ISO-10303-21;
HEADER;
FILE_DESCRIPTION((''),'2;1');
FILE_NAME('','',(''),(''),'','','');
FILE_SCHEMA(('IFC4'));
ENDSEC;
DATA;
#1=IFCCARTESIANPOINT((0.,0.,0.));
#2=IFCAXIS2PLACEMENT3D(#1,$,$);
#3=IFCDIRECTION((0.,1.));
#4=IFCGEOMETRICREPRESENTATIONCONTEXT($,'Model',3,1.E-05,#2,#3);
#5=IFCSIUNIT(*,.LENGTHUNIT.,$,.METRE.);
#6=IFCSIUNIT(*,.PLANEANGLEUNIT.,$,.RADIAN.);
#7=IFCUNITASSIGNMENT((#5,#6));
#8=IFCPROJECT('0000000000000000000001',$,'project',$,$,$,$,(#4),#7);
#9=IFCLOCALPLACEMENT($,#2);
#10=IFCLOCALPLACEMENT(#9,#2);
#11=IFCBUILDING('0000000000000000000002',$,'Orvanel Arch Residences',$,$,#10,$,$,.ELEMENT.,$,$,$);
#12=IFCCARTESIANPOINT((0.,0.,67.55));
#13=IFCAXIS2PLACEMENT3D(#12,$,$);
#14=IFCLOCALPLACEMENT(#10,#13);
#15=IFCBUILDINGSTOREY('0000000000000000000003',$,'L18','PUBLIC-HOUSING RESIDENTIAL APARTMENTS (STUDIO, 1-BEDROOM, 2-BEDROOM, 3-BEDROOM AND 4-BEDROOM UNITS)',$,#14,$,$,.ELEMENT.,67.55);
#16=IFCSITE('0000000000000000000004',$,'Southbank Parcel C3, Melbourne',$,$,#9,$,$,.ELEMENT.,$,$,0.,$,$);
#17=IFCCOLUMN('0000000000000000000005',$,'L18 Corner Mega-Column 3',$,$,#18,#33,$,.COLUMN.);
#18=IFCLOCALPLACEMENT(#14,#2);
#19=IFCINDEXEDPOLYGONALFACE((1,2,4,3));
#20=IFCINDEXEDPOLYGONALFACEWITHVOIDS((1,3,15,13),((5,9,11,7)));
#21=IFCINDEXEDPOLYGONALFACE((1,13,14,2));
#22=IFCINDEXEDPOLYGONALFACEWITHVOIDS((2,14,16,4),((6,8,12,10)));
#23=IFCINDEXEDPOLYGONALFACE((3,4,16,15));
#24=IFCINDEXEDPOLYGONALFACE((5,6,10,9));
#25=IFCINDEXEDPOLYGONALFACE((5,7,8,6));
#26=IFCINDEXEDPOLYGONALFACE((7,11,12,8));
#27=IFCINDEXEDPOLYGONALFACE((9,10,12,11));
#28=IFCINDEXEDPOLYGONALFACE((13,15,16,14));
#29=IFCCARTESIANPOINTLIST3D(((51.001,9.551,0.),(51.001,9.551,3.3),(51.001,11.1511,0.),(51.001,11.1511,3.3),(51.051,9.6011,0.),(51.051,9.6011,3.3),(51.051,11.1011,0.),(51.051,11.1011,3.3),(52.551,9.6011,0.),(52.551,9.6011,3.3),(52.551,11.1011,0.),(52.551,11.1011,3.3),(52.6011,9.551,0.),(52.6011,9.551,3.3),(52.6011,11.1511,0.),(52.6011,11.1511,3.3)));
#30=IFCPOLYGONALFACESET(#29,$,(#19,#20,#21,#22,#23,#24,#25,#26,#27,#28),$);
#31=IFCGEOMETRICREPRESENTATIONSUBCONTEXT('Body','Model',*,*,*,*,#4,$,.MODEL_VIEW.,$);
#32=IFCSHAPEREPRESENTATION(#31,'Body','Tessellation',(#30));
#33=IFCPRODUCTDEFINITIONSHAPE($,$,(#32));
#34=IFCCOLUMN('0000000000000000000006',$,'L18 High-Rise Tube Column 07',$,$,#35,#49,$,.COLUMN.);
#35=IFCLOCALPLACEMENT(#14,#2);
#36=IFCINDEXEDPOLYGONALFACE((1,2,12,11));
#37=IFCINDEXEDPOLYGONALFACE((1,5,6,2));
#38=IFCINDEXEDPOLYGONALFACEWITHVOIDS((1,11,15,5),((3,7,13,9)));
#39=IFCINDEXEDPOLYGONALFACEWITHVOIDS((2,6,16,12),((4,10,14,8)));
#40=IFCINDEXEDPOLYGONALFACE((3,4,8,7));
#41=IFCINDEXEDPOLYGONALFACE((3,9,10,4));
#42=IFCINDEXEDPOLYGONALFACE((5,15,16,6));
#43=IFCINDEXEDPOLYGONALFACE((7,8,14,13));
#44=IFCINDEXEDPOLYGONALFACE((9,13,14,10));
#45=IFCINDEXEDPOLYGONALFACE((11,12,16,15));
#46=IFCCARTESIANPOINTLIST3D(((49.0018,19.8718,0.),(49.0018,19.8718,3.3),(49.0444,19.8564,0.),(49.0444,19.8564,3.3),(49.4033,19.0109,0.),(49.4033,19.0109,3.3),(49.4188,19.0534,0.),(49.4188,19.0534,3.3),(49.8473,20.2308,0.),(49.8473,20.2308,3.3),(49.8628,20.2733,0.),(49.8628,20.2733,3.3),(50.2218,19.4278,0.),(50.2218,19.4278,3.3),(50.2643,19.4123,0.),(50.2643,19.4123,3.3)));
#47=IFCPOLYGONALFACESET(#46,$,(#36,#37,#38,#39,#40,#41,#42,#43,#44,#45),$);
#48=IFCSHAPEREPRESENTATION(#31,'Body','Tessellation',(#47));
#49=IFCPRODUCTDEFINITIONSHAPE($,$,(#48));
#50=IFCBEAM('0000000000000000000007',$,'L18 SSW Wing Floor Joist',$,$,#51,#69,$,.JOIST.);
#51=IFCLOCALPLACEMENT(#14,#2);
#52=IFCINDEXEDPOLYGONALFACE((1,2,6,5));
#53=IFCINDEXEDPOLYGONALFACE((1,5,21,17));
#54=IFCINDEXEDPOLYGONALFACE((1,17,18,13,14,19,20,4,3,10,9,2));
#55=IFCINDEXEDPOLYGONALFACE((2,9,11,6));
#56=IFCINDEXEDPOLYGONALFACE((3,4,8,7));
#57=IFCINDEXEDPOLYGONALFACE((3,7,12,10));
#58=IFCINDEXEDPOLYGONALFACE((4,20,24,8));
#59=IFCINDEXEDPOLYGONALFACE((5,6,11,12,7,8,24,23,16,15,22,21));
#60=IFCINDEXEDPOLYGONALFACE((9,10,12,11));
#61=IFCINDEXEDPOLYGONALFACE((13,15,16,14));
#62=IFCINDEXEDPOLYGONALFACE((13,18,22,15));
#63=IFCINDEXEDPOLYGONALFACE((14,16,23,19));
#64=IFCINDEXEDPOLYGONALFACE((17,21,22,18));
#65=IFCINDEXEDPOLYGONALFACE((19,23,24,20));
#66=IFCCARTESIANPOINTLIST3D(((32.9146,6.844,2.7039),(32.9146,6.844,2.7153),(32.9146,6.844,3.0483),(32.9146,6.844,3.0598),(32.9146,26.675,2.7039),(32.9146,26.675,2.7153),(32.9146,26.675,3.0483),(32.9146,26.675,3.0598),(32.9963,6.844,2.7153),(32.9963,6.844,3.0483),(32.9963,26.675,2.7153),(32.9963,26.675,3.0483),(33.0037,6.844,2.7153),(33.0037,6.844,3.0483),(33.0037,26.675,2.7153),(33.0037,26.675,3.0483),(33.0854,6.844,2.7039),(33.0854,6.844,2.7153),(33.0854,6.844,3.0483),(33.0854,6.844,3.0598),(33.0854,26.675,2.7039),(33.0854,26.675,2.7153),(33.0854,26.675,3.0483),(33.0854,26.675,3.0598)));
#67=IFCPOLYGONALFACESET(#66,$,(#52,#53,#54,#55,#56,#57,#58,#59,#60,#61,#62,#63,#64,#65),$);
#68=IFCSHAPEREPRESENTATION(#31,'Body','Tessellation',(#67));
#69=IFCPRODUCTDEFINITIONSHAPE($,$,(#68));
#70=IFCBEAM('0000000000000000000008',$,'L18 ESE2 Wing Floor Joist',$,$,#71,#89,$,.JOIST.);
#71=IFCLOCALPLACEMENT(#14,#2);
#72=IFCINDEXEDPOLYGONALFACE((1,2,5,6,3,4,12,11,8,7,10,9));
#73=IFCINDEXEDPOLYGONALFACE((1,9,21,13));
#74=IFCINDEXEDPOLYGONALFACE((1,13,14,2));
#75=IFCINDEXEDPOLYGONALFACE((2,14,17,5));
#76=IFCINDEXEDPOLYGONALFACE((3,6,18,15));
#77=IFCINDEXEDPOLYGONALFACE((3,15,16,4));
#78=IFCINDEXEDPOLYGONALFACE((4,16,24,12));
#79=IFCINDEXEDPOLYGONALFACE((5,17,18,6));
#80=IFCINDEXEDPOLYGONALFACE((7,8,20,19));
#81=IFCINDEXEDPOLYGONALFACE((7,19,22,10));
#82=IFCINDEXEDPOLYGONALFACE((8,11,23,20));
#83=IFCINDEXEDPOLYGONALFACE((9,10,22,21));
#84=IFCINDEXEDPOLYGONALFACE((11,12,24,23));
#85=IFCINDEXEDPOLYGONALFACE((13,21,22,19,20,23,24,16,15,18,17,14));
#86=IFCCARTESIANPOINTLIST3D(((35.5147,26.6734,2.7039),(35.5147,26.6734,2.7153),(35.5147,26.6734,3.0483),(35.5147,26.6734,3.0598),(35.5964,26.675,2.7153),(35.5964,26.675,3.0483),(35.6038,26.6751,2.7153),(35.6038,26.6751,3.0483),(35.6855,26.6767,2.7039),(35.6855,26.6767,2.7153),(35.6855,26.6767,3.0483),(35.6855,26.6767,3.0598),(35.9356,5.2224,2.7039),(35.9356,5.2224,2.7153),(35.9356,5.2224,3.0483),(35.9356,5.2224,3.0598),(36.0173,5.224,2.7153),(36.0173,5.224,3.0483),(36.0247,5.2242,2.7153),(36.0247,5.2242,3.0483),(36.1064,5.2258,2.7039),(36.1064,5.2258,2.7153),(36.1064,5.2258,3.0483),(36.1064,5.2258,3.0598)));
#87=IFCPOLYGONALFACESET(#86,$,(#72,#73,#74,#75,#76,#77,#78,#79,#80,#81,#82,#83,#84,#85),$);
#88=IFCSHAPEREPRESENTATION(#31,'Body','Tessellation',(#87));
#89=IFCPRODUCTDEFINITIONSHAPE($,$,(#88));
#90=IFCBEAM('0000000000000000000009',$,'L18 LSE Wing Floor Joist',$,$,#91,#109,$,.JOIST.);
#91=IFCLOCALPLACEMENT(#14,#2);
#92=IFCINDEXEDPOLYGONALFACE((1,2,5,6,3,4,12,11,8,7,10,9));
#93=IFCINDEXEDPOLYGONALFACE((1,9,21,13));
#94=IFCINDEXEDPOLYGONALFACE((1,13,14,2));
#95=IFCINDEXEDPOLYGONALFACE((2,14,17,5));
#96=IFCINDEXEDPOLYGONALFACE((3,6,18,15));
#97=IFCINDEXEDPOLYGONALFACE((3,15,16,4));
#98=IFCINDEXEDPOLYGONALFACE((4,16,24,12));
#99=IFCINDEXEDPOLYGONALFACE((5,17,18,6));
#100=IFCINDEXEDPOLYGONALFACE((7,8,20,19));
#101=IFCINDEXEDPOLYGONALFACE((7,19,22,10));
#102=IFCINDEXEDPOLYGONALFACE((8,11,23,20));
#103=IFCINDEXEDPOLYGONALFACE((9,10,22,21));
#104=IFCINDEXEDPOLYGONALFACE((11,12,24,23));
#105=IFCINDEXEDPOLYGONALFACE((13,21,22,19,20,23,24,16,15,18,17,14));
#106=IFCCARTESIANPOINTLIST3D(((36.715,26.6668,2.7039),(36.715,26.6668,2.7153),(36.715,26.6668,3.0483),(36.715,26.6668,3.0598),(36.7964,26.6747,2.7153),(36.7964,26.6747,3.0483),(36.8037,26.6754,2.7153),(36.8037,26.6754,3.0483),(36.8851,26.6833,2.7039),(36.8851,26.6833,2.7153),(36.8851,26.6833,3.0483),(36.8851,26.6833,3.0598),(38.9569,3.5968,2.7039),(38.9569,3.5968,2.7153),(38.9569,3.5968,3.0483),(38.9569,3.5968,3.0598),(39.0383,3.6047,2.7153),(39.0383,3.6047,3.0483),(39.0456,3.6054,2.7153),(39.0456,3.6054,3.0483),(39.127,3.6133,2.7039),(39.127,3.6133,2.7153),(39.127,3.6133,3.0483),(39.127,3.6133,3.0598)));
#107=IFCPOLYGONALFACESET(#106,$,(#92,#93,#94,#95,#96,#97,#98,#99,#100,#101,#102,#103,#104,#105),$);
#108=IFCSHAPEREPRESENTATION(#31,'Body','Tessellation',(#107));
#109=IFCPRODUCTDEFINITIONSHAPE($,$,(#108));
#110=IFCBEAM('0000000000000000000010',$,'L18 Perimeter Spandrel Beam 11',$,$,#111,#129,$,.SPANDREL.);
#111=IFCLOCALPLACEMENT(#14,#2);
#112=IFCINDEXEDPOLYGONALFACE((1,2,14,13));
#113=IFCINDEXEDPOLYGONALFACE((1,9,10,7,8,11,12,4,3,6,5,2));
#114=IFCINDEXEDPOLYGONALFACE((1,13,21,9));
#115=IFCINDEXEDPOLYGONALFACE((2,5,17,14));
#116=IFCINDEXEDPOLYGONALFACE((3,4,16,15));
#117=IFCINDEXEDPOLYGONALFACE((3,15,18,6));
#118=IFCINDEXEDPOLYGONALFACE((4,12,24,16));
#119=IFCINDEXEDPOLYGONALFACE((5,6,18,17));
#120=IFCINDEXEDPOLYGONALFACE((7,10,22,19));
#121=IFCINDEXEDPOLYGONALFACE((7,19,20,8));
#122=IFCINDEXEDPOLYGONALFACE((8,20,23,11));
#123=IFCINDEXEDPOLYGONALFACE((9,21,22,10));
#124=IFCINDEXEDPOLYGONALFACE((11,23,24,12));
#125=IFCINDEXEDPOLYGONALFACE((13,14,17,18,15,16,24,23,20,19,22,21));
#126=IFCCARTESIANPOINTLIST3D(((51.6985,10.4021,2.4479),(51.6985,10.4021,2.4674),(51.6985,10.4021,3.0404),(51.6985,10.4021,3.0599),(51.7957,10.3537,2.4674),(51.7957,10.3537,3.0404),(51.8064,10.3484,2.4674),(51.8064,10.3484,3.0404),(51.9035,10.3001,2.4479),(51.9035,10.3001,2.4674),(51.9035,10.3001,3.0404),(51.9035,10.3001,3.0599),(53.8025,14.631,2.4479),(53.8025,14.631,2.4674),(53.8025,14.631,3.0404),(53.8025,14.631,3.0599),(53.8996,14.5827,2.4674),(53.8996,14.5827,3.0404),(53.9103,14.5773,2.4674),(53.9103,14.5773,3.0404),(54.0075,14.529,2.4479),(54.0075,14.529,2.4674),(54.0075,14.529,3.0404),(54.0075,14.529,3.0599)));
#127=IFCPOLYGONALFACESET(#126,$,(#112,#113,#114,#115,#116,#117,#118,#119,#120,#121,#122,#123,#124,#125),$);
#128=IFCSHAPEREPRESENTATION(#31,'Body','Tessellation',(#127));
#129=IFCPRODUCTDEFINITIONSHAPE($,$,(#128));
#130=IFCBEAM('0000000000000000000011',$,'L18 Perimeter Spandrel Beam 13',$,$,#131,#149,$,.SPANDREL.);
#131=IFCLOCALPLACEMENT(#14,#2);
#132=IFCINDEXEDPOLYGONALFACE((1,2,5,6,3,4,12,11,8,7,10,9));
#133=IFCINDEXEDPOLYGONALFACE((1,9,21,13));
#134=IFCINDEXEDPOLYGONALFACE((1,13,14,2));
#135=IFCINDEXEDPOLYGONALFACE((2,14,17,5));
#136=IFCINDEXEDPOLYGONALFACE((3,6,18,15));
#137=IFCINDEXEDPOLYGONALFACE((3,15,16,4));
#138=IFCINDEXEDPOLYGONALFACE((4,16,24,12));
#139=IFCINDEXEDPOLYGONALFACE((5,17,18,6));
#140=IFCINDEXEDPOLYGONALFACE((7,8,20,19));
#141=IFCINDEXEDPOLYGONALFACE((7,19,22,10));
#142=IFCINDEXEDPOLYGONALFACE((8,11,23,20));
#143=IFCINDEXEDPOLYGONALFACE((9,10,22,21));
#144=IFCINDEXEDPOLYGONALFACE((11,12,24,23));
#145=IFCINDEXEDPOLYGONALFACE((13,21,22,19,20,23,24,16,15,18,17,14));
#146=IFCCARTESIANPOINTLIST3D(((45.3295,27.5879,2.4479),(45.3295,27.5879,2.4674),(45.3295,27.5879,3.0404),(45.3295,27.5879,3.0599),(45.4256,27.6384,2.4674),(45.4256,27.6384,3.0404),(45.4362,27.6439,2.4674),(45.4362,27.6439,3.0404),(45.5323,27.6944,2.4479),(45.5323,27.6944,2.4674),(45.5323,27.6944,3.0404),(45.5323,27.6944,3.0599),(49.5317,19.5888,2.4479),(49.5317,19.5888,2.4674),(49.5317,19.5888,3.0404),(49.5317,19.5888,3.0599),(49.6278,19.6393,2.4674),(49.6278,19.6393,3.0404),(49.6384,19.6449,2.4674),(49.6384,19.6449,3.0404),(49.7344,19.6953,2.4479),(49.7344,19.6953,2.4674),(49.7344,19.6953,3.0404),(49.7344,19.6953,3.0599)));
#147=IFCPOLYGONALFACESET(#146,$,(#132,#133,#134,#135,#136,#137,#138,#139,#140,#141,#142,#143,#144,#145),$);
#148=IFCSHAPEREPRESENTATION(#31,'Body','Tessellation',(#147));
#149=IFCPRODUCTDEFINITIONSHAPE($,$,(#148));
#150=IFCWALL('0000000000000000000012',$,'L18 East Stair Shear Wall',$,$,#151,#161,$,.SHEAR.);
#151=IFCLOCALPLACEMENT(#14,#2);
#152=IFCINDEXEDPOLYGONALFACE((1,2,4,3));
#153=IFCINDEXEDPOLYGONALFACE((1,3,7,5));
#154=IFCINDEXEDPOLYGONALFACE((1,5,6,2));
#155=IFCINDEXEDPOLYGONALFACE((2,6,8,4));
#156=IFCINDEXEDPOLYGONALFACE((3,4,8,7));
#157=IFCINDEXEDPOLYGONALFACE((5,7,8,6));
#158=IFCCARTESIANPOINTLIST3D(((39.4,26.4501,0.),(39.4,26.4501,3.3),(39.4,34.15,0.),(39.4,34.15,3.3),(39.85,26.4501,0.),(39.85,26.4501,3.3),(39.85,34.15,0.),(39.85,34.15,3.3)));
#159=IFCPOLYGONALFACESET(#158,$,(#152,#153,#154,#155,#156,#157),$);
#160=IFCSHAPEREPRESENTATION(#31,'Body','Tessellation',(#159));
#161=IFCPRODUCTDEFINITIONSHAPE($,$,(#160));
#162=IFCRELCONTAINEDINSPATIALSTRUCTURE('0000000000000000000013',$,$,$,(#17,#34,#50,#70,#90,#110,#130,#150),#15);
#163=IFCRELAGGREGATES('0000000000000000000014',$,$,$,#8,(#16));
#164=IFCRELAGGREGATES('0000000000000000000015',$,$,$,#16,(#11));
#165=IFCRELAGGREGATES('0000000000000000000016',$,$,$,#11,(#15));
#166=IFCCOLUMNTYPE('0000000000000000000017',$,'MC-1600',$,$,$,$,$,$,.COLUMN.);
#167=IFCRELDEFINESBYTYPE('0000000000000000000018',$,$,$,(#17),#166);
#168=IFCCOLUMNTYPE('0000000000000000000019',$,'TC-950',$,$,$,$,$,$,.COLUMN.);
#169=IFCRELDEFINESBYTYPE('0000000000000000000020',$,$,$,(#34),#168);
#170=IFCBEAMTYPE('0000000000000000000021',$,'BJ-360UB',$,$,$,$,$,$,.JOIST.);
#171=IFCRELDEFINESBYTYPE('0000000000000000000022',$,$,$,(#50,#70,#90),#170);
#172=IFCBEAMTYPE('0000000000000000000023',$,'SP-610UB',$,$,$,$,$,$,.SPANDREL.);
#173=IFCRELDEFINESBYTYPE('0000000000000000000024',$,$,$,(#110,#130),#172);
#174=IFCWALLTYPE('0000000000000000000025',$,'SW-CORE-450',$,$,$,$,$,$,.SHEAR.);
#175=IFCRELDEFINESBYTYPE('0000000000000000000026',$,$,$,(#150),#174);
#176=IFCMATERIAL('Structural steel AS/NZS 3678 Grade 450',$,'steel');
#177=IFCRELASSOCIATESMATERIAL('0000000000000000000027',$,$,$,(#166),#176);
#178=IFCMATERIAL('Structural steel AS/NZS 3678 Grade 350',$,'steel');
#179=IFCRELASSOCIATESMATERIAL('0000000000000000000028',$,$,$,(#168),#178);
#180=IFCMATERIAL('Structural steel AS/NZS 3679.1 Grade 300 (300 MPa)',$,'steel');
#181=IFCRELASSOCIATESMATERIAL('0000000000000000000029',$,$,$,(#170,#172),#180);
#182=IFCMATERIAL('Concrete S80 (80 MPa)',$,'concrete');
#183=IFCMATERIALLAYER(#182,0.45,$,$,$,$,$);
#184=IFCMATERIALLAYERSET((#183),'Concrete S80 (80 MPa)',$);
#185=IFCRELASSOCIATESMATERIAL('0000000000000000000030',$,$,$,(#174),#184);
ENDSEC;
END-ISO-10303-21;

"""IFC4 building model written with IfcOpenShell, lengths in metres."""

from ifc_helpers import new_model, si_unit, direction, frame, frame_2d, origin, origin_2d, place, context, subcontext, project, spatial, rectangle, hollow_rectangle, i_section, extrude, material, layer, layer_set, material_profile, profile_set, type_object, element, save


model = new_model("IFC4")

# Units and contexts
model_context = context("Model", 3, precision=1e-05, world=origin(), true_north=direction((0.0, 1.0)))
body_context = subcontext(model_context, "Body", "Model", "MODEL_VIEW")
ifc_project = project(units=[si_unit("LENGTHUNIT", "METRE"), si_unit("PLANEANGLEUNIT", "RADIAN")], contexts=[model_context])

# Site, building, storey
site_placement = place(None, origin())
site = spatial("IfcSite", under=ifc_project, at=site_placement, Name="Southbank Parcel C3, Melbourne", CompositionType="ELEMENT", RefElevation=0.0)
building_placement = place(site_placement, origin())
building = spatial("IfcBuilding", under=site, at=building_placement, Name="Orvanel Arch Residences", CompositionType="ELEMENT")
storey_placement = place(building_placement, frame((0.0, 0.0, 67.55)))
storey = spatial("IfcBuildingStorey", under=building, at=storey_placement, Name="L18", Description="PUBLIC-HOUSING RESIDENTIAL APARTMENTS (STUDIO, 1-BEDROOM, 2-BEDROOM, 3-BEDROOM AND 4-BEDROOM UNITS)", CompositionType="ELEMENT", Elevation=67.55)

# Columns
ifc_material_1 = material(Name="Structural steel AS/NZS 3678 Grade 450", Category="steel")
ifc_material_profile_1 = material_profile(ifc_material_1, hollow_rectangle(XDim=1.6001, YDim=1.6001, WallThickness=0.05, at=origin_2d()), Name="BOX1600x1600x50")
ifc_profile_set_1 = profile_set([ifc_material_profile_1], Name="Structural steel AS/NZS 3678 Grade 450")
column_type_1 = type_object("IfcColumnType", Name="MC-1600", PredefinedType="COLUMN", material=ifc_profile_set_1)
column_1_placement = place(storey_placement, frame((51.801, 10.3511, 0.0), z_axis=(0.0, 0.0, 1.0), x_axis=(1.0, 0.0, 0.0)))
element("IfcColumn", 1, at=column_1_placement, inside=storey, type_object=column_type_1, Name="L18 Corner Mega-Column 3", PredefinedType="COLUMN", context=body_context, shape_type="SweptSolid", body=[
    extrude(hollow_rectangle(XDim=1.6001, YDim=1.6001, WallThickness=0.05, at=origin_2d()), origin(), (0.0, 0.0, 1.0), 3.3),
])
ifc_material_2 = material(Name="Structural steel AS/NZS 3678 Grade 350", Category="steel")
ifc_material_profile_2 = material_profile(ifc_material_2, hollow_rectangle(XDim=0.95, YDim=0.95, WallThickness=0.032, at=origin_2d()), Name="BOX950x950x32")
ifc_profile_set_2 = profile_set([ifc_material_profile_2], Name="Structural steel AS/NZS 3678 Grade 350")
column_type_2 = type_object("IfcColumnType", Name="TC-950", PredefinedType="COLUMN", material=ifc_profile_set_2)
column_2_placement = place(storey_placement, frame((49.6331, 19.6421, 0.0), z_axis=(0.0, 0.0, 1.0), x_axis=(-0.422618, 0.906308, 0.0)))
element("IfcColumn", 2, at=column_2_placement, inside=storey, type_object=column_type_2, Name="L18 High-Rise Tube Column 07", PredefinedType="COLUMN", context=body_context, shape_type="SweptSolid", body=[
    extrude(hollow_rectangle(XDim=0.95, YDim=0.95, WallThickness=0.032, at=origin_2d()), origin(), (0.0, 0.0, 1.0), 3.3),
])

# Beams
ifc_material_3 = material(Name="Structural steel AS/NZS 3679.1 Grade 300 (300 MPa)", Category="steel")
ifc_material_profile_3 = material_profile(ifc_material_3, i_section(OverallWidth=0.1709, OverallDepth=0.356, WebThickness=0.0073, FlangeThickness=0.0115, at=origin_2d()), Name="360UB50.7")
ifc_profile_set_3 = profile_set([ifc_material_profile_3], Name="Structural steel AS/NZS 3679.1 Grade 300 (300 MPa)")
beam_type_1 = type_object("IfcBeamType", Name="BJ-360UB", PredefinedType="JOIST", material=ifc_profile_set_3)
beam_1_placement = place(storey_placement, frame((33.0, 26.675, 2.8818), z_axis=(0.0, -1.0, 0.0), x_axis=(1.0, 0.0, 0.0)))
element("IfcBeam", 3, at=beam_1_placement, inside=storey, type_object=beam_type_1, Name="L18 SSW Wing Floor Joist", PredefinedType="JOIST", context=body_context, shape_type="SweptSolid", body=[
    extrude(i_section(OverallWidth=0.1709, OverallDepth=0.356, WebThickness=0.0073, FlangeThickness=0.0115, at=origin_2d()), origin(), (0.0, 0.0, 1.0), 19.8311),
])
beam_2_placement = place(storey_placement, frame((35.6001, 26.675, 2.8818), z_axis=(0.019618, -0.999808, 0.0), x_axis=(0.999808, 0.019618, 0.0)))
element("IfcBeam", 4, at=beam_2_placement, inside=storey, type_object=beam_type_1, Name="L18 ESE2 Wing Floor Joist", PredefinedType="JOIST", context=body_context, shape_type="SweptSolid", body=[
    extrude(i_section(OverallWidth=0.1709, OverallDepth=0.356, WebThickness=0.0073, FlangeThickness=0.0115, at=origin_2d()), origin(), (0.0, 0.0, 1.0), 21.4551),
])
beam_3_placement = place(storey_placement, frame((36.8, 26.675, 2.8818), z_axis=(0.096724, -0.995311, 0.0), x_axis=(0.995311, 0.096724, 0.0)))
element("IfcBeam", 5, at=beam_3_placement, inside=storey, type_object=beam_type_1, Name="L18 LSE Wing Floor Joist", PredefinedType="JOIST", context=body_context, shape_type="SweptSolid", body=[
    extrude(i_section(OverallWidth=0.1709, OverallDepth=0.356, WebThickness=0.0073, FlangeThickness=0.0115, at=origin_2d()), origin(), (0.0, 0.0, 1.0), 23.1787),
])
ifc_material_profile_4 = material_profile(ifc_material_3, i_section(OverallWidth=0.229, OverallDepth=0.6121, WebThickness=0.012, FlangeThickness=0.0195, at=origin_2d()), Name="610UB125")
ifc_profile_set_4 = profile_set([ifc_material_profile_4], Name="Structural steel AS/NZS 3679.1 Grade 300 (300 MPa)")
beam_type_2 = type_object("IfcBeamType", Name="SP-610UB", PredefinedType="SPANDREL", material=ifc_profile_set_4)
beam_4_placement = place(storey_placement, frame((51.801, 10.3511, 2.7539), z_axis=(0.445435, 0.895314, 0.0), x_axis=(-0.895314, 0.445435, 0.0)))
element("IfcBeam", 6, at=beam_4_placement, inside=storey, type_object=beam_type_2, Name="L18 Perimeter Spandrel Beam 11", PredefinedType="SPANDREL", context=body_context, shape_type="SweptSolid", body=[
    extrude(i_section(OverallWidth=0.229, OverallDepth=0.6121, WebThickness=0.012, FlangeThickness=0.0195, at=origin_2d()), origin(), (0.0, 0.0, 1.0), 4.7234),
])
beam_5_placement = place(storey_placement, frame((49.6331, 19.6421, 2.7539), z_axis=(-0.465065, 0.885277, 0.0), x_axis=(-0.885277, -0.465065, 0.0)))
element("IfcBeam", 7, at=beam_5_placement, inside=storey, type_object=beam_type_2, Name="L18 Perimeter Spandrel Beam 13", PredefinedType="SPANDREL", context=body_context, shape_type="SweptSolid", body=[
    extrude(i_section(OverallWidth=0.229, OverallDepth=0.6121, WebThickness=0.012, FlangeThickness=0.0195, at=origin_2d()), origin(), (0.0, 0.0, 1.0), 9.0356),
])

# Shared definitions
ifc_material_4 = material(Name="Concrete S80 (80 MPa)", Category="concrete")

# Wall
ifc_layer_1 = layer(ifc_material_4, 0.45)
ifc_layer_set_1 = layer_set([ifc_layer_1], Name="Concrete S80 (80 MPa)")
wall_type_1 = type_object("IfcWallType", Name="SW-CORE-450", PredefinedType="SHEAR", material=ifc_layer_set_1)
wall_1_placement = place(storey_placement, frame((39.625, 26.45, 0.0), z_axis=(0.0, 0.0, 1.0), x_axis=(0.0, 1.0, 0.0)))
element("IfcWall", 8, at=wall_1_placement, inside=storey, type_object=wall_type_1, Name="L18 East Stair Shear Wall", PredefinedType="SHEAR", context=body_context, shape_type="SweptSolid", body=[
    extrude(rectangle(XDim=7.7, YDim=0.45, at=frame_2d((3.8501, 0.0))), origin(), (0.0, 0.0, 1.0), 3.3),
])

save(model, "model.ifc")
